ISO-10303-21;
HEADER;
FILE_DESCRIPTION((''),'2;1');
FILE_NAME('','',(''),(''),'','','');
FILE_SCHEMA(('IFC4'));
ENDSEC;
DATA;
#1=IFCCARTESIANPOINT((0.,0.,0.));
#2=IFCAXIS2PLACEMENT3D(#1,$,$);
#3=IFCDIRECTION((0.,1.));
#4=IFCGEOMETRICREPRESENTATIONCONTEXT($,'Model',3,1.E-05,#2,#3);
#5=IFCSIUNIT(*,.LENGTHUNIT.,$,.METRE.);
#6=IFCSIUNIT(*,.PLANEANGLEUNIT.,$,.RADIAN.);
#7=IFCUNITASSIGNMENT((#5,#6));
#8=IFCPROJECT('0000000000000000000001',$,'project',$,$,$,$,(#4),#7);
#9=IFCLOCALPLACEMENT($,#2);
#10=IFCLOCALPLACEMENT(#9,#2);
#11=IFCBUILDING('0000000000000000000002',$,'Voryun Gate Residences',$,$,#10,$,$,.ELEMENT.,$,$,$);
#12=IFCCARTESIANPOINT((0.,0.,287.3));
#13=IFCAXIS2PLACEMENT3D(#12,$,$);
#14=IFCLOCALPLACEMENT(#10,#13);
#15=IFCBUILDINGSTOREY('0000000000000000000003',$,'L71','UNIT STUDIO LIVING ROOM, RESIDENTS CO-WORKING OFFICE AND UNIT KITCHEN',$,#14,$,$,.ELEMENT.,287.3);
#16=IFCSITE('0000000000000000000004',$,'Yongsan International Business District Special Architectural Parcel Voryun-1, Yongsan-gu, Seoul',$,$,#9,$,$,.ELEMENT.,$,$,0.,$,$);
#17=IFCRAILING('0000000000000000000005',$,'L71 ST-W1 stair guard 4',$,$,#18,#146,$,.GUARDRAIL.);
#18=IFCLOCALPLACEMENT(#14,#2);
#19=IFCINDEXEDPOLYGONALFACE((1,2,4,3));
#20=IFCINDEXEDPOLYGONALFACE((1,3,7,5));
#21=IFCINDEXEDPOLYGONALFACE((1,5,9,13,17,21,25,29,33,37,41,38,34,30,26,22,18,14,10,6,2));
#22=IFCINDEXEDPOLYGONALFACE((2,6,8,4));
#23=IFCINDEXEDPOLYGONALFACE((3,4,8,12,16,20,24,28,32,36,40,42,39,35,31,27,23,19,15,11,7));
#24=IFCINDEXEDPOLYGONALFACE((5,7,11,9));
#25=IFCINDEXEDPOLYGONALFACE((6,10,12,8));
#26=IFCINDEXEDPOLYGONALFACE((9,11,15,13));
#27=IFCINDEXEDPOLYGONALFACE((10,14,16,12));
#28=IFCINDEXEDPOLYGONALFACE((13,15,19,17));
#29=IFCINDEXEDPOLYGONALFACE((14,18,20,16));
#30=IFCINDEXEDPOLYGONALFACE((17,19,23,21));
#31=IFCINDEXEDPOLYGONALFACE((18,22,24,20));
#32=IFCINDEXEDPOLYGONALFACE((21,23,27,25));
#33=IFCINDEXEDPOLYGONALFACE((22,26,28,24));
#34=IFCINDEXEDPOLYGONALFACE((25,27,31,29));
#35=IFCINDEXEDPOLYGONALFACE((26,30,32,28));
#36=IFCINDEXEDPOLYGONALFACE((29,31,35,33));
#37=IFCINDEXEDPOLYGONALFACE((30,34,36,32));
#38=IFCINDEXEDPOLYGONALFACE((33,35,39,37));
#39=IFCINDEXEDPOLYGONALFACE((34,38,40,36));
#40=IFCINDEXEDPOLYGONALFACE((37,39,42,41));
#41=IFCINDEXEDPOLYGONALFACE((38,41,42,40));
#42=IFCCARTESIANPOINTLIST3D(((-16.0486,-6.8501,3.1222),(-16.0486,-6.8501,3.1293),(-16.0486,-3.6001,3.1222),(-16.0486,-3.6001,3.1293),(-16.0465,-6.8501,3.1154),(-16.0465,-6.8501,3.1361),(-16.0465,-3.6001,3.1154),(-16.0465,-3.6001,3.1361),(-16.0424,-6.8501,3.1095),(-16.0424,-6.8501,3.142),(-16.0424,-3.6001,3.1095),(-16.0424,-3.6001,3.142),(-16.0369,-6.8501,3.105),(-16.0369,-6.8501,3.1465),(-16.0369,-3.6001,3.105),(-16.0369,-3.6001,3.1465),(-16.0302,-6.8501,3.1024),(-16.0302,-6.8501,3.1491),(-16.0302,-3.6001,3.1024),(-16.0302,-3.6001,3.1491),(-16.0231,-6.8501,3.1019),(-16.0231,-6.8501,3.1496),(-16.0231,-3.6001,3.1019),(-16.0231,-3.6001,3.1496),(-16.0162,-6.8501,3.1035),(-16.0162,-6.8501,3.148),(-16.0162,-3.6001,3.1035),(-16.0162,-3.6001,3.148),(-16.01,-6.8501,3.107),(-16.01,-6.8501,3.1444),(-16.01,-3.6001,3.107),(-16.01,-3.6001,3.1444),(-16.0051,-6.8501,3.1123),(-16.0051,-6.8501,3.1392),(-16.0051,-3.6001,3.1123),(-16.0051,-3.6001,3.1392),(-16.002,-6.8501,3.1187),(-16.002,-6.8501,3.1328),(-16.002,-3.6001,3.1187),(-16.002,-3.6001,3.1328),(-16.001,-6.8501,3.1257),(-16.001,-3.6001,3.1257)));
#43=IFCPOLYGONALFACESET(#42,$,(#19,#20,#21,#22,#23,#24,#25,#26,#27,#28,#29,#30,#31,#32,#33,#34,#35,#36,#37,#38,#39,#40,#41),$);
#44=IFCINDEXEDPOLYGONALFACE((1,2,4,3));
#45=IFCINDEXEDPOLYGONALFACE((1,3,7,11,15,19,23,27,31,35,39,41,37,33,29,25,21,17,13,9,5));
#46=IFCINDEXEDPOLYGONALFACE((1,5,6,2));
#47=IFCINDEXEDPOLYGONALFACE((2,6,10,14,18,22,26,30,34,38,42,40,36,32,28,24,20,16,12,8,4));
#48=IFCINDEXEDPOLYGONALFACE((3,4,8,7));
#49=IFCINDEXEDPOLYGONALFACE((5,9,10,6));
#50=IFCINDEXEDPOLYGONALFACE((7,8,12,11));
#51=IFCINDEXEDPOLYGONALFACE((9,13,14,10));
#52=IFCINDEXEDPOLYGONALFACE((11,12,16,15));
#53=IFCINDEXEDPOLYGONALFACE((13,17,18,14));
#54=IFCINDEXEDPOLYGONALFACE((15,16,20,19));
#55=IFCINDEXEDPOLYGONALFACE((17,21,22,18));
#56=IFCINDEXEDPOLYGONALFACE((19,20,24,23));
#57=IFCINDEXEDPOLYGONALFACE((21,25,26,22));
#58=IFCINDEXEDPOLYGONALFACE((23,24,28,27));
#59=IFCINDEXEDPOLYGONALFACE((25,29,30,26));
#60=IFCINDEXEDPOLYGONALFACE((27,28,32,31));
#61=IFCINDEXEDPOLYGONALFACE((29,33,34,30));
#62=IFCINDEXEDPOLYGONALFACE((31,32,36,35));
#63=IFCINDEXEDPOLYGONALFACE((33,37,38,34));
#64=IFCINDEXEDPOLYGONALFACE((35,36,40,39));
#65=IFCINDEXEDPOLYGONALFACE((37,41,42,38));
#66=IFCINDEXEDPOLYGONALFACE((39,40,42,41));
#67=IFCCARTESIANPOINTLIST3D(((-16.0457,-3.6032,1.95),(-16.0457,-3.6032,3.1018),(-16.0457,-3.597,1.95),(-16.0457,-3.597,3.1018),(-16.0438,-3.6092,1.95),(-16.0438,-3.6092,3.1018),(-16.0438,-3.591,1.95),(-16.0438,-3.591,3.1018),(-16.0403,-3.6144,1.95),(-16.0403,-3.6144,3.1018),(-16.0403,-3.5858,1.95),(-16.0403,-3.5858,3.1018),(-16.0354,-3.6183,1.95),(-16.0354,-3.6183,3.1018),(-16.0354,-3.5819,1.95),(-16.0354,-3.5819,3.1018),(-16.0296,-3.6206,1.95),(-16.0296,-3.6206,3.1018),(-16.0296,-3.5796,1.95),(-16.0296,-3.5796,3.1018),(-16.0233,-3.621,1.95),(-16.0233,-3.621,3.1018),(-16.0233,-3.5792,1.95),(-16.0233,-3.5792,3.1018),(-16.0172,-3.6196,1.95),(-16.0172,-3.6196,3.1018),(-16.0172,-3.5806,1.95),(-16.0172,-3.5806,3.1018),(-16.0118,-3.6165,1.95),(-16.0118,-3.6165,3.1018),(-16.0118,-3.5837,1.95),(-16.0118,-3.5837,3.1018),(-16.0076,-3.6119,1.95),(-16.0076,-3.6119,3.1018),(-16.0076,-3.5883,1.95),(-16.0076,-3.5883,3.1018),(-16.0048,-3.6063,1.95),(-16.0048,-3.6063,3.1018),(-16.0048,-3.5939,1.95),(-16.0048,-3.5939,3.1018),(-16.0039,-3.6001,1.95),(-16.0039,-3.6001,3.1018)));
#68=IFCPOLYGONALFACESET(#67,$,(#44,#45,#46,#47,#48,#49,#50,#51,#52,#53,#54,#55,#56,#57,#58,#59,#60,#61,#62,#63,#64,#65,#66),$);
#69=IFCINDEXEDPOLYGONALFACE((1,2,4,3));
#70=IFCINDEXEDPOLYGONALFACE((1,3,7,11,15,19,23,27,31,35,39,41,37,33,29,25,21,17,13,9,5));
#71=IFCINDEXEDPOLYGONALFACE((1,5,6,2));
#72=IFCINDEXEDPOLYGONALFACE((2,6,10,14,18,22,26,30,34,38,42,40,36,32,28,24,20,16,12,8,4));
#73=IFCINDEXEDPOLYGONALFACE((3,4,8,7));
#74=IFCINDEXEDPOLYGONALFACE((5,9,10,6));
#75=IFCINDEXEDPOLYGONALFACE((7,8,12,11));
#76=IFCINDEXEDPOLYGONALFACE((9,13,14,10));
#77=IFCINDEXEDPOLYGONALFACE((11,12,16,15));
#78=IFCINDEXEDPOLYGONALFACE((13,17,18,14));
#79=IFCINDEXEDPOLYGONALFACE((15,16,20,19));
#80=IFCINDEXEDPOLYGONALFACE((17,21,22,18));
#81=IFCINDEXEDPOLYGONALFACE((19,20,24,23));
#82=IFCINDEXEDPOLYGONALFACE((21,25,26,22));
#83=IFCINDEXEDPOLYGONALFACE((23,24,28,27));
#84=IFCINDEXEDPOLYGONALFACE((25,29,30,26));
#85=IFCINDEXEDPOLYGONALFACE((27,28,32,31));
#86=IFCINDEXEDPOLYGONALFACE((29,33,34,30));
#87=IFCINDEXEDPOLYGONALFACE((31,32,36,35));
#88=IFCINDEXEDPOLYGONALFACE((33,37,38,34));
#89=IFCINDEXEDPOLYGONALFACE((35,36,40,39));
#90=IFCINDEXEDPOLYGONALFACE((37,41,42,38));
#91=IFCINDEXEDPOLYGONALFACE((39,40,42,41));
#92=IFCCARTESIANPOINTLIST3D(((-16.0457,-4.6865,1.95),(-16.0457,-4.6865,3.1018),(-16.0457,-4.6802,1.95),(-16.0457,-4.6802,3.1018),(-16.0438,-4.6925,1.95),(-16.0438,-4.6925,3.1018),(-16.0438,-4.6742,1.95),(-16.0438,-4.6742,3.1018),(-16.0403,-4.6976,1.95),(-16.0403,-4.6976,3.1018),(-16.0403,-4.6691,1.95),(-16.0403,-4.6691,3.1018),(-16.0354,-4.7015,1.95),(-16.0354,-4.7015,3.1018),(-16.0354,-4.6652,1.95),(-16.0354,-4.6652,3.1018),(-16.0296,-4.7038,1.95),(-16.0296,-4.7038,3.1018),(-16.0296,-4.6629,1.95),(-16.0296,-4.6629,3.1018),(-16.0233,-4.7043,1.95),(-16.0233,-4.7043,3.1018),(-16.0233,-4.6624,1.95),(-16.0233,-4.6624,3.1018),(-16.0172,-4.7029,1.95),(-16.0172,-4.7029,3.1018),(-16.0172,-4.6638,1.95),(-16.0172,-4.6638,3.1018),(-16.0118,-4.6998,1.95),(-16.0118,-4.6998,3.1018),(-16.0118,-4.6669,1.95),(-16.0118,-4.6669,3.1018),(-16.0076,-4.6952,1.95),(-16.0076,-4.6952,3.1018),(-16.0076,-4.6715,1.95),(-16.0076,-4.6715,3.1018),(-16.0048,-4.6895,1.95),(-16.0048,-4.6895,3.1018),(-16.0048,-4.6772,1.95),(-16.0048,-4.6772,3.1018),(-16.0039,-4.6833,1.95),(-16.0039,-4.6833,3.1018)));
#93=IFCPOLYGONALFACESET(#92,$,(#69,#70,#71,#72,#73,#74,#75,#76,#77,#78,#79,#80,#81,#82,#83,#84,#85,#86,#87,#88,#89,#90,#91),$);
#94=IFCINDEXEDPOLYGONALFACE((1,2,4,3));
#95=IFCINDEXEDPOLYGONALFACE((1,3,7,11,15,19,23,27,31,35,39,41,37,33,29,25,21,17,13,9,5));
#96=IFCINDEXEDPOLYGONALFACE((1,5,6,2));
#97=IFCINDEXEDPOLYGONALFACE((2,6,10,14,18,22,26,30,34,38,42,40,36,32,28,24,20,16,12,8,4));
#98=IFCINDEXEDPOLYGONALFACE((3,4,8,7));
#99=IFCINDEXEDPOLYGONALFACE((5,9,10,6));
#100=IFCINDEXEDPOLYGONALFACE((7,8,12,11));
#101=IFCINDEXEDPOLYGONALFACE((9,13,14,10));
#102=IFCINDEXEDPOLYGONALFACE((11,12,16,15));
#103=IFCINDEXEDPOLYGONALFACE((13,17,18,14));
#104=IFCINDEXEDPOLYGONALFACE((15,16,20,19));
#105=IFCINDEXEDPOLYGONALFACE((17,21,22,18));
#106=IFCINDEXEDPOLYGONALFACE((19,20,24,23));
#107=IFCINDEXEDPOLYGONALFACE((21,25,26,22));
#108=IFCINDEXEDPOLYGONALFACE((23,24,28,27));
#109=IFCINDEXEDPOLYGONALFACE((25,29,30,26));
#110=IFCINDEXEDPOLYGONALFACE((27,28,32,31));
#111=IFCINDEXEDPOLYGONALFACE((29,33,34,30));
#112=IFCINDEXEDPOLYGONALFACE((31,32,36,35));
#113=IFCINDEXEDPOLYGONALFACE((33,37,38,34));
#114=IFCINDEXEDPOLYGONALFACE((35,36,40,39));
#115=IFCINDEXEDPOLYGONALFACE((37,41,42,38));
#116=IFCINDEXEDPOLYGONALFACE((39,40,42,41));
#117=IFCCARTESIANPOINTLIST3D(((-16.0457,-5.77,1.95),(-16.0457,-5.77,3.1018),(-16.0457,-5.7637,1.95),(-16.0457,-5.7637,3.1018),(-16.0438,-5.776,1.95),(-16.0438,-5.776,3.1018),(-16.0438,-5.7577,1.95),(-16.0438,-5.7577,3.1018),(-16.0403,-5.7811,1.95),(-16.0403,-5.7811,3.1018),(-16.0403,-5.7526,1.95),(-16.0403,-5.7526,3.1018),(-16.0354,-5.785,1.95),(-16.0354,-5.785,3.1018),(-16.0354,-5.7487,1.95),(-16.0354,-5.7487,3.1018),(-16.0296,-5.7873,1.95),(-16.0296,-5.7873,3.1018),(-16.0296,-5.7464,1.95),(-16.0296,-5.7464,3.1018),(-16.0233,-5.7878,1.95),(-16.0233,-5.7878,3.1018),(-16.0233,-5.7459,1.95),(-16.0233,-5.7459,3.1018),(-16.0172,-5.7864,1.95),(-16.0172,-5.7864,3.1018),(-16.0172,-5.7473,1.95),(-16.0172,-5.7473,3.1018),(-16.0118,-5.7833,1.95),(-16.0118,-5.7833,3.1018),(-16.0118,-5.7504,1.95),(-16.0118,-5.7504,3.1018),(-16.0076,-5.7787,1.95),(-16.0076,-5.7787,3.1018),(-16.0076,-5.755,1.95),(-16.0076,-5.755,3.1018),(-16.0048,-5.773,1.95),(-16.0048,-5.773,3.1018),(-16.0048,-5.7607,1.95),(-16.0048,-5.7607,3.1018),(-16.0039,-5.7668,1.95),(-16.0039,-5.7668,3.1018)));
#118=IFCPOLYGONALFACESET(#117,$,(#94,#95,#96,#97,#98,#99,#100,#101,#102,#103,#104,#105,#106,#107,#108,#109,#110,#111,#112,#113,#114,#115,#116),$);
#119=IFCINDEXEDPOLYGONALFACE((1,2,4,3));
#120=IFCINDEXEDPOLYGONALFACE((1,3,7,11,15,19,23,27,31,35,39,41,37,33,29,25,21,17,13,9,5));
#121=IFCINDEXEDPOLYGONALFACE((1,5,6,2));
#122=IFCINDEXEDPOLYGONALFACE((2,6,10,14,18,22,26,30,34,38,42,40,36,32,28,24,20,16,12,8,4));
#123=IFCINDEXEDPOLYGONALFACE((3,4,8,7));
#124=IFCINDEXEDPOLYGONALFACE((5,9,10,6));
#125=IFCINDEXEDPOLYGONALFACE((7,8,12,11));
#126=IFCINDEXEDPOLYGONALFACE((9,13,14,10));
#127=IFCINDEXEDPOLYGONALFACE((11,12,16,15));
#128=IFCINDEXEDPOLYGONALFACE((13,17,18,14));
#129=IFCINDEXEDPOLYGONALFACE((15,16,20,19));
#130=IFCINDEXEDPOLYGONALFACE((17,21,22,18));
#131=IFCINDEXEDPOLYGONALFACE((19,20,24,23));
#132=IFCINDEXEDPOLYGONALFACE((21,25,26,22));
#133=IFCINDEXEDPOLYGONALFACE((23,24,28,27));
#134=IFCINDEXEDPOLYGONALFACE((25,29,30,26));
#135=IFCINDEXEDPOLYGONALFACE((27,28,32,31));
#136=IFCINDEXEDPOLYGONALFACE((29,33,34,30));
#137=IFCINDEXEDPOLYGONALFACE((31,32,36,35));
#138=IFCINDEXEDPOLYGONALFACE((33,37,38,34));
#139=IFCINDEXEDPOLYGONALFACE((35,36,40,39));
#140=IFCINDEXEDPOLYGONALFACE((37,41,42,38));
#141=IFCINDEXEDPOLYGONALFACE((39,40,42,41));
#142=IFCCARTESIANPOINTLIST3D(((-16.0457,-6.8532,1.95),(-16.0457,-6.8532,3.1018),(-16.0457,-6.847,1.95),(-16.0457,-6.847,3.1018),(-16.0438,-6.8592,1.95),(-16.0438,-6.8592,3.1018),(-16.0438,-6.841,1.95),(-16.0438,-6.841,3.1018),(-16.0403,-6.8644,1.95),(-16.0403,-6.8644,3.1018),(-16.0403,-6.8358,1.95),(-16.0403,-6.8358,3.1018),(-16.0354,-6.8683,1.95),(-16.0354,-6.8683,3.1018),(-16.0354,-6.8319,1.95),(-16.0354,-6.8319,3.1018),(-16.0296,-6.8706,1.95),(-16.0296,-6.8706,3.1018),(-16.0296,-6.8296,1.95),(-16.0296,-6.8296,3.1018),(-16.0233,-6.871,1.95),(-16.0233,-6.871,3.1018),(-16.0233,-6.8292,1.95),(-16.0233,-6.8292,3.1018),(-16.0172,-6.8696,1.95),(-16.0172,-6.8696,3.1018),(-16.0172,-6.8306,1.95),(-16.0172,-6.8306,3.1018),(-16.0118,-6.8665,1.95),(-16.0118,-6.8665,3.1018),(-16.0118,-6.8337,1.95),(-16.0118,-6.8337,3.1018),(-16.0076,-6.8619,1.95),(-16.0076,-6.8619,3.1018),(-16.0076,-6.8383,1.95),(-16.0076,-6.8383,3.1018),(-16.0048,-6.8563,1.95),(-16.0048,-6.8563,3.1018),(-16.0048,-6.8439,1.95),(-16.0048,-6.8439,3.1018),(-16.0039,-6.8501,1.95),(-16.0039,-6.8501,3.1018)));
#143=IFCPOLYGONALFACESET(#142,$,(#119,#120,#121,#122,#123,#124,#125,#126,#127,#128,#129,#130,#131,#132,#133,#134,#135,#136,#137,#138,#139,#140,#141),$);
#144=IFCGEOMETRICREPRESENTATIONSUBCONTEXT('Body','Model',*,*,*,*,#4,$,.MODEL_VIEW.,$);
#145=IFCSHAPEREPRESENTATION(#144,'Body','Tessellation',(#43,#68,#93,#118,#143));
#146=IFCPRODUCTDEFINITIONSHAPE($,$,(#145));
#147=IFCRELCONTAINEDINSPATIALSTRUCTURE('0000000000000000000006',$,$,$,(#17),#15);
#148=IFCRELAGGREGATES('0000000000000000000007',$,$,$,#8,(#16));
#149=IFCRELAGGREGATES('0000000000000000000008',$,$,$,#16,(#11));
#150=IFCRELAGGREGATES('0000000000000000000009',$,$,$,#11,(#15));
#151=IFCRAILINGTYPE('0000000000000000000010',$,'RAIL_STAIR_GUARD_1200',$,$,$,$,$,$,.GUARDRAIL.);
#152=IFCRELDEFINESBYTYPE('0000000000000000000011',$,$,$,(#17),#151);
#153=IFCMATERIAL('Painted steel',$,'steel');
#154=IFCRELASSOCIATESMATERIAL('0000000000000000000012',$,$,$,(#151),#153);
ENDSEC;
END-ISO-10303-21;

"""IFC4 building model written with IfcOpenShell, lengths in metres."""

from ifc_helpers import new_model, si_unit, direction, frame, origin, origin_2d, place, context, subcontext, project, spatial, circle, extrude, material, type_object, element, save


model = new_model("IFC4")

# Units and contexts
model_context = context("Model", 3, precision=1e-05, world=origin(), true_north=direction((0.0, 1.0)))
body_context = subcontext(model_context, "Body", "Model", "MODEL_VIEW")
ifc_project = project(units=[si_unit("LENGTHUNIT", "METRE"), si_unit("PLANEANGLEUNIT", "RADIAN")], contexts=[model_context])

# Site, building, storey
site_placement = place(None, origin())
site = spatial("IfcSite", under=ifc_project, at=site_placement, Name="Yongsan International Business District Special Architectural Parcel Voryun-1, Yongsan-gu, Seoul", CompositionType="ELEMENT", RefElevation=0.0)
building_placement = place(site_placement, origin())
building = spatial("IfcBuilding", under=site, at=building_placement, Name="Voryun Gate Residences", CompositionType="ELEMENT")
storey_placement = place(building_placement, frame((0.0, 0.0, 287.3)))
storey = spatial("IfcBuildingStorey", under=building, at=storey_placement, Name="L71", Description="UNIT STUDIO LIVING ROOM, RESIDENTS CO-WORKING OFFICE AND UNIT KITCHEN", CompositionType="ELEMENT", Elevation=287.3)

# Railing
ifc_material_1 = material(Name="Painted steel", Category="steel")
railing_type_1 = type_object("IfcRailingType", Name="RAIL_STAIR_GUARD_1200", PredefinedType="GUARDRAIL", material=ifc_material_1)
railing_1_placement = place(storey_placement, frame((-16.0249, -3.6001, 1.95)))
element("IfcRailing", 1, at=railing_1_placement, inside=storey, type_object=railing_type_1, Name="L71 ST-W1 stair guard 4", PredefinedType="GUARDRAIL", context=body_context, shape_type="SweptSolid", body=[
    extrude(circle(Radius=0.0239, at=origin_2d()), frame((0.0, 0.0, 1.1758), z_axis=(0.0, -1.0, 0.0), x_axis=(1.0, 0.0, 0.0)), (0.0, 0.0, 1.0), 3.25),
    extrude(circle(Radius=0.021, at=origin_2d()), origin(), (0.0, 0.0, 1.0), 1.1519),
    extrude(circle(Radius=0.021, at=origin_2d()), frame((0.0, -1.0833, 0.0)), (0.0, 0.0, 1.0), 1.1519),
    extrude(circle(Radius=0.021, at=origin_2d()), frame((0.0, -2.1667, 0.0)), (0.0, 0.0, 1.0), 1.1519),
    extrude(circle(Radius=0.021, at=origin_2d()), frame((0.0, -3.25, 0.0)), (0.0, 0.0, 1.0), 1.1519),
])

save(model, "model.ifc")
